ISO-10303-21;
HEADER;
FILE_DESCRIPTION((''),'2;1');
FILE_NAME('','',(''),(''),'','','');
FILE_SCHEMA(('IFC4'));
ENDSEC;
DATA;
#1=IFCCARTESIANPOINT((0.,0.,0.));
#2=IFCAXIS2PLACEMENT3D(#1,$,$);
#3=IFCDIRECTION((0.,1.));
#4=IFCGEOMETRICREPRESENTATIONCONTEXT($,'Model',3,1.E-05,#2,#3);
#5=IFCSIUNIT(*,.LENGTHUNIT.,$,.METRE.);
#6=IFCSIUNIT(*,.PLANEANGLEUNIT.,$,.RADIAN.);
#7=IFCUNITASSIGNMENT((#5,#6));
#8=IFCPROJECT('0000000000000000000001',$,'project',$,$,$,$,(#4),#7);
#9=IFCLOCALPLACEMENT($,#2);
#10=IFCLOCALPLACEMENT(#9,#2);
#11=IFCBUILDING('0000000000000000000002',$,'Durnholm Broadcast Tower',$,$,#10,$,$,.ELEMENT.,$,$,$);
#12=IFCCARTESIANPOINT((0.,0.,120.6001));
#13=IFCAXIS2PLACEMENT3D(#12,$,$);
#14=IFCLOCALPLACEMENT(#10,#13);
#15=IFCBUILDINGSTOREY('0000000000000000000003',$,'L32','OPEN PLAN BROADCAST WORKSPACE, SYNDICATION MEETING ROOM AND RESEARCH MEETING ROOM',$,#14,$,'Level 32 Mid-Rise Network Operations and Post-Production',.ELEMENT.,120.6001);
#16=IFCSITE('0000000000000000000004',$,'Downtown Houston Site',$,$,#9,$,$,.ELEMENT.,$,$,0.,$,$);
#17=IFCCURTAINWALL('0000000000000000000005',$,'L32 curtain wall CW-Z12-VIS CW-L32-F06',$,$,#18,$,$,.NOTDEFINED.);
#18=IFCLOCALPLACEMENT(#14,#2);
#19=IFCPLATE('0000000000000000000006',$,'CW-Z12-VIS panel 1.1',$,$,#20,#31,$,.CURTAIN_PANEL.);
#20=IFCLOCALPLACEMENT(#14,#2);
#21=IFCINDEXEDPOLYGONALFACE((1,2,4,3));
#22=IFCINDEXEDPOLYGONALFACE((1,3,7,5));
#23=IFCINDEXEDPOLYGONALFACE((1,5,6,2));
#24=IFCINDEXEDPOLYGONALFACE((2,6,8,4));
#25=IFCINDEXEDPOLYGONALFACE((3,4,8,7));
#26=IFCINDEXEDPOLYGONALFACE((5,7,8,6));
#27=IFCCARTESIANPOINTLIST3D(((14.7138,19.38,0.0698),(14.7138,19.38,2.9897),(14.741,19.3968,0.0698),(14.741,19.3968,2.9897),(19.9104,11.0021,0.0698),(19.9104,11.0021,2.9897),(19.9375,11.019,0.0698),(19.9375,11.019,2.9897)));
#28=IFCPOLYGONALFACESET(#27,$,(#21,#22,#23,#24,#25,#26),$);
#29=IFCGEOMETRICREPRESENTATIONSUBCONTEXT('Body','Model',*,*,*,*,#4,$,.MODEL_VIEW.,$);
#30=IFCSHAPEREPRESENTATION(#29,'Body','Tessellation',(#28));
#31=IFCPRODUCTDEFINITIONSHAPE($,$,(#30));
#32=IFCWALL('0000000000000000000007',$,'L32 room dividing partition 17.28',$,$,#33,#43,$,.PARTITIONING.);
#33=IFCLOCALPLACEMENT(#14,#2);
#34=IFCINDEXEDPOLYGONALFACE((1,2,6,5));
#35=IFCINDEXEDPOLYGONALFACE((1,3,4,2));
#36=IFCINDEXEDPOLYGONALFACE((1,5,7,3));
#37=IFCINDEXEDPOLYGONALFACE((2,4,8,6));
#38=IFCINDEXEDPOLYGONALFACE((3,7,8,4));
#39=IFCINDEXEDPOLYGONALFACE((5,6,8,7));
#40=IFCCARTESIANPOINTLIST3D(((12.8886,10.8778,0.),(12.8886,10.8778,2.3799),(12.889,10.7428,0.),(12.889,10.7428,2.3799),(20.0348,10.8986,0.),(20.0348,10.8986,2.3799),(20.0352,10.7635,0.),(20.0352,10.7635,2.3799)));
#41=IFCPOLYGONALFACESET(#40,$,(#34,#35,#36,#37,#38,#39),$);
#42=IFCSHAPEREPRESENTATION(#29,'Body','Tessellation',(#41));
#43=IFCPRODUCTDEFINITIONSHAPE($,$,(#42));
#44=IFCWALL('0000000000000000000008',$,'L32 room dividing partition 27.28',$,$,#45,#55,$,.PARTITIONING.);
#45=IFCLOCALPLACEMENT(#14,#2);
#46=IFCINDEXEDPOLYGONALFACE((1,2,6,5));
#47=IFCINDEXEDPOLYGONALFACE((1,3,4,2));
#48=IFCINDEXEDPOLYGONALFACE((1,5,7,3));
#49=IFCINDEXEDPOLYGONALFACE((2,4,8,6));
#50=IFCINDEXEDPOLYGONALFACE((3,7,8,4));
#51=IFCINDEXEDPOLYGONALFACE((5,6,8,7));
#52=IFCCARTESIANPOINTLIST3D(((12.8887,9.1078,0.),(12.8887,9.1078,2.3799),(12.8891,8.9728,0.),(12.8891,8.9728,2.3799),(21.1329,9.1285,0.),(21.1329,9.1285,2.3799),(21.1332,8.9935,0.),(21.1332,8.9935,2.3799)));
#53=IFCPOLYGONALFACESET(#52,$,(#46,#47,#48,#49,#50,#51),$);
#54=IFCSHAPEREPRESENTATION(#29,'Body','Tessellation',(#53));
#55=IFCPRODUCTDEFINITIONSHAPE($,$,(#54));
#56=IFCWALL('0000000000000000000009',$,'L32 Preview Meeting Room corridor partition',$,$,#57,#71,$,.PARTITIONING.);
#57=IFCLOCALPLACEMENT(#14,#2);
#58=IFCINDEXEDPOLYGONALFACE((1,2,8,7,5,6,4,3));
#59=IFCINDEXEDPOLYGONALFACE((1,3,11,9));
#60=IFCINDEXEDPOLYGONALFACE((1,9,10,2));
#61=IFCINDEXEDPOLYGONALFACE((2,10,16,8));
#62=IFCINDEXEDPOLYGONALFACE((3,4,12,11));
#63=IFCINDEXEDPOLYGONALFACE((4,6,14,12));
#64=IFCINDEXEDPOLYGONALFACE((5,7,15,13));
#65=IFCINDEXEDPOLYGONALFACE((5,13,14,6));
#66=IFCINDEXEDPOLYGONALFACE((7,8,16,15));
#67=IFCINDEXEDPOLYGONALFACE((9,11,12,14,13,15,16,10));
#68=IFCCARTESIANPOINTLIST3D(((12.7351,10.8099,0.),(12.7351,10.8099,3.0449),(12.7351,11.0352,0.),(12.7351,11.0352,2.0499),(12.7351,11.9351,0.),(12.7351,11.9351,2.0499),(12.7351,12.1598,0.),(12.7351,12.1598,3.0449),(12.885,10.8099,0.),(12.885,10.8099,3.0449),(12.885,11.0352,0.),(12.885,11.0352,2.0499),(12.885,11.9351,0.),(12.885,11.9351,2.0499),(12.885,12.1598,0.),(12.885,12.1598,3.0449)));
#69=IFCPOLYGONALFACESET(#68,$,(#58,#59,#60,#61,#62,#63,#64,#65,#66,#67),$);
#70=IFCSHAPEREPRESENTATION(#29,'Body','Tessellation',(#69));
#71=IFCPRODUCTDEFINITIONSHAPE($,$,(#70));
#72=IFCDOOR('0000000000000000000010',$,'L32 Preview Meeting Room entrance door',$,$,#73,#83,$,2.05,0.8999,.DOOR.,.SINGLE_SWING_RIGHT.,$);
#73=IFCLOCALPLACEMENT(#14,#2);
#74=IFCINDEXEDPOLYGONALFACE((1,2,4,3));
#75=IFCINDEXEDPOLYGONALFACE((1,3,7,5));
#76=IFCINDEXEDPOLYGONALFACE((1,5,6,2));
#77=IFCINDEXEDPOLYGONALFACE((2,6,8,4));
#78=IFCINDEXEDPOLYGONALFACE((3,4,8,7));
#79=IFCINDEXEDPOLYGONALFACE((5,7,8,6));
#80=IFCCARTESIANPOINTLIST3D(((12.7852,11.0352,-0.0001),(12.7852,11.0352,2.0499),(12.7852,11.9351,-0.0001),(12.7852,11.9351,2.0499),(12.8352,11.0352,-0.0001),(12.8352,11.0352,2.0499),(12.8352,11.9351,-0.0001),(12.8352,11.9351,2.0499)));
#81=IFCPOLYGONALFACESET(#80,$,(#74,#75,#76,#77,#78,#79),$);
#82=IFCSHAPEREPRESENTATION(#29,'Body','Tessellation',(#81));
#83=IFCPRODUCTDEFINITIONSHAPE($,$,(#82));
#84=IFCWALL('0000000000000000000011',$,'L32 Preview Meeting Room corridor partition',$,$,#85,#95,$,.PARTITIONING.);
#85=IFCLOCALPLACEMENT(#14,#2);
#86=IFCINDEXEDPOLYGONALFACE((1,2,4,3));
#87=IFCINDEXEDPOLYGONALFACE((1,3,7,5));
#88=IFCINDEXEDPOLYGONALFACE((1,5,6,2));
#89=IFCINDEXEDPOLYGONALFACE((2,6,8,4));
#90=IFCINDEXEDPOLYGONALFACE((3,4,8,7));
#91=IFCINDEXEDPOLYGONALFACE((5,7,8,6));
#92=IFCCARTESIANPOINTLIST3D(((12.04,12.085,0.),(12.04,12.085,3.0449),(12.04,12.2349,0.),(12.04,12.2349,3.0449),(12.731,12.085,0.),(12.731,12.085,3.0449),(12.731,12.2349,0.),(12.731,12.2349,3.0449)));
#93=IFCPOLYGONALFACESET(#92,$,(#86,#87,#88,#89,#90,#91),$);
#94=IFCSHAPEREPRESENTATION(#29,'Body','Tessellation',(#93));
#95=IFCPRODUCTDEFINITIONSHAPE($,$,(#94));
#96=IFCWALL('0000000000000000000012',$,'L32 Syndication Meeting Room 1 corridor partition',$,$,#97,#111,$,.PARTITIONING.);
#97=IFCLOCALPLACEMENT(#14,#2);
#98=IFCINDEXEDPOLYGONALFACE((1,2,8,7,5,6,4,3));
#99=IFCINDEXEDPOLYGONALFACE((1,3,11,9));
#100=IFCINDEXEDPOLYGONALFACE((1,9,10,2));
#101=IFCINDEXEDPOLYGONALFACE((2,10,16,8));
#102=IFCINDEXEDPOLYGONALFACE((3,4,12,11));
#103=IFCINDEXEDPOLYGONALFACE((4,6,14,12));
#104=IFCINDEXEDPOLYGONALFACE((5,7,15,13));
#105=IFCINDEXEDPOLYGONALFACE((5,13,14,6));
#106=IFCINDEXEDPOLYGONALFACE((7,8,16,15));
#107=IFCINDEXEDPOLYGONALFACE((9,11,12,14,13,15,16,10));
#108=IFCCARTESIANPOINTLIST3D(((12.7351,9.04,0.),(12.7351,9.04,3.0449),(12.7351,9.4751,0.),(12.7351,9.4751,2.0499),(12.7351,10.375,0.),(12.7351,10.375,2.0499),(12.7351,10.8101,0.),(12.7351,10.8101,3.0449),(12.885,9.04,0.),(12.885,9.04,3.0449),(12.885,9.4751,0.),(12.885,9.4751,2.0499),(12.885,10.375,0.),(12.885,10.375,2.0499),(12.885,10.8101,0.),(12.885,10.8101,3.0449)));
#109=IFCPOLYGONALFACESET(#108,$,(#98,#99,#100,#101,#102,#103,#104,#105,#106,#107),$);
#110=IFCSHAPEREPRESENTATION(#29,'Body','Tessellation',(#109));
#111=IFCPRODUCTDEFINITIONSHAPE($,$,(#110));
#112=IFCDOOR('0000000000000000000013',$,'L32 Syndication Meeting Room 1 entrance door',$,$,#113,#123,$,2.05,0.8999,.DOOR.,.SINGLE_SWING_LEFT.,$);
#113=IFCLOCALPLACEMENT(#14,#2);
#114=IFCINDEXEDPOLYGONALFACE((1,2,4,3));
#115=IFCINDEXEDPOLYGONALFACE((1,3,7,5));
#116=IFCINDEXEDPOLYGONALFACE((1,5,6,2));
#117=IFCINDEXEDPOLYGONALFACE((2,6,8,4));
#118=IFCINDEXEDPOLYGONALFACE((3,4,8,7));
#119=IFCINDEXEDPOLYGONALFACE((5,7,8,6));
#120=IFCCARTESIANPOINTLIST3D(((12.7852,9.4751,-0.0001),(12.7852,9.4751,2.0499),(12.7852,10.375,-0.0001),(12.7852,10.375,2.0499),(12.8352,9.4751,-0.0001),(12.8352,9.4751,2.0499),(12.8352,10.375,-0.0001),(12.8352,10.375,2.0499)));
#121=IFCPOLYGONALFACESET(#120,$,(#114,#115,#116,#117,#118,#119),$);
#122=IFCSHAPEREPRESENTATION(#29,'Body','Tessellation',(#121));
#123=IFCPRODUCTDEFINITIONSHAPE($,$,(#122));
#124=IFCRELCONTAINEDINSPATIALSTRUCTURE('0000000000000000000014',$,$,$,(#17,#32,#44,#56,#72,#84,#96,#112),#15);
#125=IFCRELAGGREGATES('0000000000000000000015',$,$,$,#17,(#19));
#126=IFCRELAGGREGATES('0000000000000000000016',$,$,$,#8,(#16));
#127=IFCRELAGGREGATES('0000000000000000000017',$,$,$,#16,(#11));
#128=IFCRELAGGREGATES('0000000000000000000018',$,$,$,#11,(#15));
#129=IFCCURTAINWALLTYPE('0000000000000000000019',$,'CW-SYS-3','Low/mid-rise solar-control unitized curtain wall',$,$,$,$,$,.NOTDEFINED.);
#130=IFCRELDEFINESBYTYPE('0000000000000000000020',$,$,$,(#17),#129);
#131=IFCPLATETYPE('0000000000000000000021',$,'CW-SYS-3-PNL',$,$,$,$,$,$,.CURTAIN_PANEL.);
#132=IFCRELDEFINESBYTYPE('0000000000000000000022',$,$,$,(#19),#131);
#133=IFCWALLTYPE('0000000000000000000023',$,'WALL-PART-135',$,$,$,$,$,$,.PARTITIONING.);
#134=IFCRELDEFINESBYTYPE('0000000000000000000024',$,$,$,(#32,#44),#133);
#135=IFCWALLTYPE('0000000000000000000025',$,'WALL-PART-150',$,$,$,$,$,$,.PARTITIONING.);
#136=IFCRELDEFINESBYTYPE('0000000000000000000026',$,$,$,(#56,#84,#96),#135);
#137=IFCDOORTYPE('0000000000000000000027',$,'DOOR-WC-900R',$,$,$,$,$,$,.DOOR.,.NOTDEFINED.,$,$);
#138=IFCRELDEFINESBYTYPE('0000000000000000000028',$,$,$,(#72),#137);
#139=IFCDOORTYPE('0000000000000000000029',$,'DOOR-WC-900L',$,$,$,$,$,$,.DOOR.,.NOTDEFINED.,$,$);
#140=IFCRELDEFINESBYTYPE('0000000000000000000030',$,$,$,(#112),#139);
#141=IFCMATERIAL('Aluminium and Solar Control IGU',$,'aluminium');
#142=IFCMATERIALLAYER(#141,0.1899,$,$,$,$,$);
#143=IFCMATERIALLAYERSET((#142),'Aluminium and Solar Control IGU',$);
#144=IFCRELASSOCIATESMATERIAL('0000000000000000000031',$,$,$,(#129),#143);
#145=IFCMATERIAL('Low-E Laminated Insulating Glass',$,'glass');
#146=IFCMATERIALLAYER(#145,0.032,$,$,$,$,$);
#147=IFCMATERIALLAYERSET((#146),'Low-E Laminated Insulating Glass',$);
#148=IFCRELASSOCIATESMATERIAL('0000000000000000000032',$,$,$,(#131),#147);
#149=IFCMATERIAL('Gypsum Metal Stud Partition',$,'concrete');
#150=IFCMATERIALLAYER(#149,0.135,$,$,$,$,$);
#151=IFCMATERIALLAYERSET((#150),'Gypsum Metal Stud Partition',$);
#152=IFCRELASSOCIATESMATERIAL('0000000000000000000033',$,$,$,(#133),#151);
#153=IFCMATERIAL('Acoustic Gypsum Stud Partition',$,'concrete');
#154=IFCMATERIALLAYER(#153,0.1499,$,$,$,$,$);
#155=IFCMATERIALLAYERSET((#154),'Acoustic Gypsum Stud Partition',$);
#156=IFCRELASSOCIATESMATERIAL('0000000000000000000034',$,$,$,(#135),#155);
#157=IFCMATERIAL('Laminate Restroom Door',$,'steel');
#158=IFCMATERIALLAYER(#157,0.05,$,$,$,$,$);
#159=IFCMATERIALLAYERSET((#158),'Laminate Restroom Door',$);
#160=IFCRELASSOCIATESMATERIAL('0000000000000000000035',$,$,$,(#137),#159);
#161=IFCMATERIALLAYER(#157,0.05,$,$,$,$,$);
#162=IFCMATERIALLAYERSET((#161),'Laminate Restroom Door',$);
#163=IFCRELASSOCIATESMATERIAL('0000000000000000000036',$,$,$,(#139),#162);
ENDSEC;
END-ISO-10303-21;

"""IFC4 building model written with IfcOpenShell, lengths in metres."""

from ifc_helpers import new_model, si_unit, direction, frame, frame_2d, origin, origin_2d, place, context, subcontext, project, spatial, rectangle, extrude, source, transform, mapped, material, layer, layer_set, type_object, type_shapes, element, fill, aggregate, save


model = new_model("IFC4")

# Units and contexts
model_context = context("Model", 3, precision=1e-05, world=origin(), true_north=direction((0.0, 1.0)))
body_context = subcontext(model_context, "Body", "Model", "MODEL_VIEW")
ifc_project = project(units=[si_unit("LENGTHUNIT", "METRE"), si_unit("PLANEANGLEUNIT", "RADIAN")], contexts=[model_context])

# Site, building, storey
site_placement = place(None, origin())
site = spatial("IfcSite", under=ifc_project, at=site_placement, Name="Downtown Houston Site", CompositionType="ELEMENT", RefElevation=0.0)
building_placement = place(site_placement, origin())
building = spatial("IfcBuilding", under=site, at=building_placement, Name="Durnholm Broadcast Tower", CompositionType="ELEMENT")
storey_placement = place(building_placement, frame((0.0, 0.0, 120.6001)))
storey = spatial("IfcBuildingStorey", under=building, at=storey_placement, Name="L32", Description="OPEN PLAN BROADCAST WORKSPACE, SYNDICATION MEETING ROOM AND RESEARCH MEETING ROOM", LongName="Level 32 Mid-Rise Network Operations and Post-Production", CompositionType="ELEMENT", Elevation=120.6001)

# Shared definitions
ifc_material_1 = material(Name="Aluminium and Solar Control IGU", Category="aluminium")

# Curtain wall
ifc_layer_1 = layer(ifc_material_1, 0.1899)
ifc_layer_set_1 = layer_set([ifc_layer_1], Name="Aluminium and Solar Control IGU")
curtain_wall_type_1 = type_object("IfcCurtainWallType", Name="CW-SYS-3", Description="Low/mid-rise solar-control unitized curtain wall", PredefinedType="NOTDEFINED", material=ifc_layer_set_1)
curtain_wall_1_placement = place(storey_placement, origin())
curtain_wall_1 = element("IfcCurtainWall", 1, at=curtain_wall_1_placement, inside=storey, type_object=curtain_wall_type_1, Name="L32 curtain wall CW-Z12-VIS CW-L32-F06", PredefinedType="NOTDEFINED")

# Plate
ifc_material_2 = material(Name="Low-E Laminated Insulating Glass", Category="glass")
ifc_layer_2 = layer(ifc_material_2, 0.032)
ifc_layer_set_2 = layer_set([ifc_layer_2], Name="Low-E Laminated Insulating Glass")
plate_type_1 = type_object("IfcPlateType", Name="CW-SYS-3-PNL", PredefinedType="CURTAIN_PANEL", material=ifc_layer_set_2)
shared_shape_1 = source(origin(), body_context, "Body", "SweptSolid", [
    extrude(rectangle(XDim=9.8586, YDim=0.032, at=origin_2d()), origin(), (0.0, 0.0, 1.0), 2.9199),
])
type_shapes(plate_type_1, [shared_shape_1])
plate_1_placement = place(storey_placement, frame((17.3257, 15.1995, 0.0698), z_axis=(0.0, 0.0, 1.0), x_axis=(0.527105, -0.8498, 0.0)))
plate_1 = element("IfcPlate", 2, at=plate_1_placement, type_object=plate_type_1, Name="CW-Z12-VIS panel 1.1", PredefinedType="CURTAIN_PANEL", context=body_context, shape_type="MappedRepresentation", body=[
    mapped(shared_shape_1, transform((0.0, 0.0, 0.0), x_axis=(1.0, 0.0, 0.0), y_axis=(0.0, 1.0, 0.0), z_axis=(0.0, 0.0, 1.0), scale=1.0)),
])
aggregate(curtain_wall_1, [plate_1])

# Walls
ifc_material_3 = material(Name="Gypsum Metal Stud Partition", Category="concrete")
ifc_layer_3 = layer(ifc_material_3, 0.135)
ifc_layer_set_3 = layer_set([ifc_layer_3], Name="Gypsum Metal Stud Partition")
wall_type_1 = type_object("IfcWallType", Name="WALL-PART-135", PredefinedType="PARTITIONING", material=ifc_layer_set_3)
wall_1_placement = place(storey_placement, frame((20.0352, 10.8311, 0.0), z_axis=(0.0, 0.0, 1.0), x_axis=(-0.999996, -0.002904, 0.0)))
element("IfcWall", 3, at=wall_1_placement, inside=storey, type_object=wall_type_1, Name="L32 room dividing partition 17.28", PredefinedType="PARTITIONING", context=body_context, shape_type="SweptSolid", body=[
    extrude(rectangle(XDim=7.1462, YDim=0.135, at=frame_2d((3.5732, 0.0))), origin(), (0.0, 0.0, 1.0), 2.3799),
])
wall_2_placement = place(storey_placement, frame((12.8889, 9.0403, 0.0), z_axis=(0.0, 0.0, 1.0), x_axis=(0.999997, 0.002517, 0.0)))
element("IfcWall", 4, at=wall_2_placement, inside=storey, type_object=wall_type_1, Name="L32 room dividing partition 27.28", PredefinedType="PARTITIONING", context=body_context, shape_type="SweptSolid", body=[
    extrude(rectangle(XDim=8.2441, YDim=0.135, at=frame_2d((4.1221, 0.0))), origin(), (0.0, 0.0, 1.0), 2.3799),
])

# Wall, opening, door
ifc_material_4 = material(Name="Acoustic Gypsum Stud Partition", Category="concrete")
ifc_layer_4 = layer(ifc_material_4, 0.1499)
ifc_layer_set_4 = layer_set([ifc_layer_4], Name="Acoustic Gypsum Stud Partition")
wall_type_2 = type_object("IfcWallType", Name="WALL-PART-150", PredefinedType="PARTITIONING", material=ifc_layer_set_4)
wall_3_placement = place(storey_placement, frame((12.8101, 10.8101, 0.0), z_axis=(0.0, 0.0, 1.0), x_axis=(0.0, 1.0, 0.0)))
wall_3 = element("IfcWall", 5, at=wall_3_placement, inside=storey, type_object=wall_type_2, Name="L32 Preview Meeting Room corridor partition", PredefinedType="PARTITIONING", context=body_context, shape_type="SweptSolid", body=[
    extrude(rectangle(XDim=1.3499, YDim=0.1499, at=frame_2d((0.6748, 0.0))), origin(), (0.0, 0.0, 1.0), 3.0449),
])
opening_1_placement = place(wall_3_placement, frame((0.2251, 0.0, 0.0)))
opening_1 = element("IfcOpeningElement", 6, at=opening_1_placement, cuts=wall_3, PredefinedType="OPENING", context=body_context, shape_type="SweptSolid", body=[
    extrude(rectangle(XDim=0.8999, YDim=2.05, at=frame_2d((0.45, 1.0249))), frame((0.0, 0.085, 0.0), z_axis=(0.0, -1.0, 0.0), x_axis=(1.0, 0.0, 0.0)), (0.0, 0.0, 1.0), 0.1699),
])
ifc_material_5 = material(Name="Laminate Restroom Door", Category="steel")
ifc_layer_5 = layer(ifc_material_5, 0.05)
ifc_layer_set_5 = layer_set([ifc_layer_5], Name="Laminate Restroom Door")
door_type_1 = type_object("IfcDoorType", Name="DOOR-WC-900R", OperationType="NOTDEFINED", PredefinedType="DOOR", material=ifc_layer_set_5)
shared_shape_2 = source(origin(), body_context, "Body", "SweptSolid", [
    extrude(rectangle(XDim=0.8999, YDim=2.05, at=frame_2d((0.45, 1.0249))), frame((0.0, 0.0249, 0.0), z_axis=(0.0, -1.0, 0.0), x_axis=(1.0, 0.0, 0.0)), (0.0, 0.0, 1.0), 0.05),
])
type_shapes(door_type_1, [shared_shape_2])
door_1_placement = place(opening_1_placement, origin())
door_1 = element("IfcDoor", 7, at=door_1_placement, inside=storey, type_object=door_type_1, Name="L32 Preview Meeting Room entrance door", OperationType="SINGLE_SWING_RIGHT", OverallHeight=2.05, OverallWidth=0.8999, PredefinedType="DOOR", context=body_context, shape_type="MappedRepresentation", body=[
    mapped(shared_shape_2, transform((0.0, 0.0, 0.0), x_axis=(1.0, 0.0, 0.0), y_axis=(0.0, 1.0, 0.0), z_axis=(0.0, 0.0, 1.0), scale=1.0)),
])
fill(opening_1, door_1)

# Wall
wall_4_placement = place(storey_placement, frame((12.731, 12.1599, 0.0), z_axis=(0.0, 0.0, 1.0), x_axis=(-1.0, 0.0, 0.0)))
element("IfcWall", 8, at=wall_4_placement, inside=storey, type_object=wall_type_2, Name="L32 Preview Meeting Room corridor partition", PredefinedType="PARTITIONING", context=body_context, shape_type="SweptSolid", body=[
    extrude(rectangle(XDim=0.6909, YDim=0.1499, at=frame_2d((0.3455, 0.0))), origin(), (0.0, 0.0, 1.0), 3.0449),
])

# Wall, opening, door
wall_5_placement = place(storey_placement, frame((12.8101, 9.04, 0.0), z_axis=(0.0, 0.0, 1.0), x_axis=(0.0, 1.0, 0.0)))
wall_5 = element("IfcWall", 9, at=wall_5_placement, inside=storey, type_object=wall_type_2, Name="L32 Syndication Meeting Room 1 corridor partition", PredefinedType="PARTITIONING", context=body_context, shape_type="SweptSolid", body=[
    extrude(rectangle(XDim=1.77, YDim=0.1499, at=frame_2d((0.885, 0.0))), origin(), (0.0, 0.0, 1.0), 3.0449),
])
opening_2_placement = place(wall_5_placement, frame((0.4351, 0.0, 0.0)))
opening_2 = element("IfcOpeningElement", 10, at=opening_2_placement, cuts=wall_5, PredefinedType="OPENING", context=body_context, shape_type="SweptSolid", body=[
    extrude(rectangle(XDim=0.8999, YDim=2.05, at=frame_2d((0.45, 1.0249))), frame((0.0, 0.085, 0.0), z_axis=(0.0, -1.0, 0.0), x_axis=(1.0, 0.0, 0.0)), (0.0, 0.0, 1.0), 0.1699),
])
ifc_layer_6 = layer(ifc_material_5, 0.05)
ifc_layer_set_6 = layer_set([ifc_layer_6], Name="Laminate Restroom Door")
door_type_2 = type_object("IfcDoorType", Name="DOOR-WC-900L", OperationType="NOTDEFINED", PredefinedType="DOOR", material=ifc_layer_set_6)
shared_shape_3 = source(origin(), body_context, "Body", "SweptSolid", [
    extrude(rectangle(XDim=0.8999, YDim=2.05, at=frame_2d((0.45, 1.0249))), frame((0.0, 0.0249, 0.0), z_axis=(0.0, -1.0, 0.0), x_axis=(1.0, 0.0, 0.0)), (0.0, 0.0, 1.0), 0.05),
])
type_shapes(door_type_2, [shared_shape_3])
door_2_placement = place(opening_2_placement, origin())
door_2 = element("IfcDoor", 11, at=door_2_placement, inside=storey, type_object=door_type_2, Name="L32 Syndication Meeting Room 1 entrance door", OperationType="SINGLE_SWING_LEFT", OverallHeight=2.05, OverallWidth=0.8999, PredefinedType="DOOR", context=body_context, shape_type="MappedRepresentation", body=[
    mapped(shared_shape_3, transform((0.0, 0.0, 0.0), x_axis=(1.0, 0.0, 0.0), y_axis=(0.0, 1.0, 0.0), z_axis=(0.0, 0.0, 1.0), scale=1.0)),
])
fill(opening_2, door_2)

save(model, "model.ifc")
